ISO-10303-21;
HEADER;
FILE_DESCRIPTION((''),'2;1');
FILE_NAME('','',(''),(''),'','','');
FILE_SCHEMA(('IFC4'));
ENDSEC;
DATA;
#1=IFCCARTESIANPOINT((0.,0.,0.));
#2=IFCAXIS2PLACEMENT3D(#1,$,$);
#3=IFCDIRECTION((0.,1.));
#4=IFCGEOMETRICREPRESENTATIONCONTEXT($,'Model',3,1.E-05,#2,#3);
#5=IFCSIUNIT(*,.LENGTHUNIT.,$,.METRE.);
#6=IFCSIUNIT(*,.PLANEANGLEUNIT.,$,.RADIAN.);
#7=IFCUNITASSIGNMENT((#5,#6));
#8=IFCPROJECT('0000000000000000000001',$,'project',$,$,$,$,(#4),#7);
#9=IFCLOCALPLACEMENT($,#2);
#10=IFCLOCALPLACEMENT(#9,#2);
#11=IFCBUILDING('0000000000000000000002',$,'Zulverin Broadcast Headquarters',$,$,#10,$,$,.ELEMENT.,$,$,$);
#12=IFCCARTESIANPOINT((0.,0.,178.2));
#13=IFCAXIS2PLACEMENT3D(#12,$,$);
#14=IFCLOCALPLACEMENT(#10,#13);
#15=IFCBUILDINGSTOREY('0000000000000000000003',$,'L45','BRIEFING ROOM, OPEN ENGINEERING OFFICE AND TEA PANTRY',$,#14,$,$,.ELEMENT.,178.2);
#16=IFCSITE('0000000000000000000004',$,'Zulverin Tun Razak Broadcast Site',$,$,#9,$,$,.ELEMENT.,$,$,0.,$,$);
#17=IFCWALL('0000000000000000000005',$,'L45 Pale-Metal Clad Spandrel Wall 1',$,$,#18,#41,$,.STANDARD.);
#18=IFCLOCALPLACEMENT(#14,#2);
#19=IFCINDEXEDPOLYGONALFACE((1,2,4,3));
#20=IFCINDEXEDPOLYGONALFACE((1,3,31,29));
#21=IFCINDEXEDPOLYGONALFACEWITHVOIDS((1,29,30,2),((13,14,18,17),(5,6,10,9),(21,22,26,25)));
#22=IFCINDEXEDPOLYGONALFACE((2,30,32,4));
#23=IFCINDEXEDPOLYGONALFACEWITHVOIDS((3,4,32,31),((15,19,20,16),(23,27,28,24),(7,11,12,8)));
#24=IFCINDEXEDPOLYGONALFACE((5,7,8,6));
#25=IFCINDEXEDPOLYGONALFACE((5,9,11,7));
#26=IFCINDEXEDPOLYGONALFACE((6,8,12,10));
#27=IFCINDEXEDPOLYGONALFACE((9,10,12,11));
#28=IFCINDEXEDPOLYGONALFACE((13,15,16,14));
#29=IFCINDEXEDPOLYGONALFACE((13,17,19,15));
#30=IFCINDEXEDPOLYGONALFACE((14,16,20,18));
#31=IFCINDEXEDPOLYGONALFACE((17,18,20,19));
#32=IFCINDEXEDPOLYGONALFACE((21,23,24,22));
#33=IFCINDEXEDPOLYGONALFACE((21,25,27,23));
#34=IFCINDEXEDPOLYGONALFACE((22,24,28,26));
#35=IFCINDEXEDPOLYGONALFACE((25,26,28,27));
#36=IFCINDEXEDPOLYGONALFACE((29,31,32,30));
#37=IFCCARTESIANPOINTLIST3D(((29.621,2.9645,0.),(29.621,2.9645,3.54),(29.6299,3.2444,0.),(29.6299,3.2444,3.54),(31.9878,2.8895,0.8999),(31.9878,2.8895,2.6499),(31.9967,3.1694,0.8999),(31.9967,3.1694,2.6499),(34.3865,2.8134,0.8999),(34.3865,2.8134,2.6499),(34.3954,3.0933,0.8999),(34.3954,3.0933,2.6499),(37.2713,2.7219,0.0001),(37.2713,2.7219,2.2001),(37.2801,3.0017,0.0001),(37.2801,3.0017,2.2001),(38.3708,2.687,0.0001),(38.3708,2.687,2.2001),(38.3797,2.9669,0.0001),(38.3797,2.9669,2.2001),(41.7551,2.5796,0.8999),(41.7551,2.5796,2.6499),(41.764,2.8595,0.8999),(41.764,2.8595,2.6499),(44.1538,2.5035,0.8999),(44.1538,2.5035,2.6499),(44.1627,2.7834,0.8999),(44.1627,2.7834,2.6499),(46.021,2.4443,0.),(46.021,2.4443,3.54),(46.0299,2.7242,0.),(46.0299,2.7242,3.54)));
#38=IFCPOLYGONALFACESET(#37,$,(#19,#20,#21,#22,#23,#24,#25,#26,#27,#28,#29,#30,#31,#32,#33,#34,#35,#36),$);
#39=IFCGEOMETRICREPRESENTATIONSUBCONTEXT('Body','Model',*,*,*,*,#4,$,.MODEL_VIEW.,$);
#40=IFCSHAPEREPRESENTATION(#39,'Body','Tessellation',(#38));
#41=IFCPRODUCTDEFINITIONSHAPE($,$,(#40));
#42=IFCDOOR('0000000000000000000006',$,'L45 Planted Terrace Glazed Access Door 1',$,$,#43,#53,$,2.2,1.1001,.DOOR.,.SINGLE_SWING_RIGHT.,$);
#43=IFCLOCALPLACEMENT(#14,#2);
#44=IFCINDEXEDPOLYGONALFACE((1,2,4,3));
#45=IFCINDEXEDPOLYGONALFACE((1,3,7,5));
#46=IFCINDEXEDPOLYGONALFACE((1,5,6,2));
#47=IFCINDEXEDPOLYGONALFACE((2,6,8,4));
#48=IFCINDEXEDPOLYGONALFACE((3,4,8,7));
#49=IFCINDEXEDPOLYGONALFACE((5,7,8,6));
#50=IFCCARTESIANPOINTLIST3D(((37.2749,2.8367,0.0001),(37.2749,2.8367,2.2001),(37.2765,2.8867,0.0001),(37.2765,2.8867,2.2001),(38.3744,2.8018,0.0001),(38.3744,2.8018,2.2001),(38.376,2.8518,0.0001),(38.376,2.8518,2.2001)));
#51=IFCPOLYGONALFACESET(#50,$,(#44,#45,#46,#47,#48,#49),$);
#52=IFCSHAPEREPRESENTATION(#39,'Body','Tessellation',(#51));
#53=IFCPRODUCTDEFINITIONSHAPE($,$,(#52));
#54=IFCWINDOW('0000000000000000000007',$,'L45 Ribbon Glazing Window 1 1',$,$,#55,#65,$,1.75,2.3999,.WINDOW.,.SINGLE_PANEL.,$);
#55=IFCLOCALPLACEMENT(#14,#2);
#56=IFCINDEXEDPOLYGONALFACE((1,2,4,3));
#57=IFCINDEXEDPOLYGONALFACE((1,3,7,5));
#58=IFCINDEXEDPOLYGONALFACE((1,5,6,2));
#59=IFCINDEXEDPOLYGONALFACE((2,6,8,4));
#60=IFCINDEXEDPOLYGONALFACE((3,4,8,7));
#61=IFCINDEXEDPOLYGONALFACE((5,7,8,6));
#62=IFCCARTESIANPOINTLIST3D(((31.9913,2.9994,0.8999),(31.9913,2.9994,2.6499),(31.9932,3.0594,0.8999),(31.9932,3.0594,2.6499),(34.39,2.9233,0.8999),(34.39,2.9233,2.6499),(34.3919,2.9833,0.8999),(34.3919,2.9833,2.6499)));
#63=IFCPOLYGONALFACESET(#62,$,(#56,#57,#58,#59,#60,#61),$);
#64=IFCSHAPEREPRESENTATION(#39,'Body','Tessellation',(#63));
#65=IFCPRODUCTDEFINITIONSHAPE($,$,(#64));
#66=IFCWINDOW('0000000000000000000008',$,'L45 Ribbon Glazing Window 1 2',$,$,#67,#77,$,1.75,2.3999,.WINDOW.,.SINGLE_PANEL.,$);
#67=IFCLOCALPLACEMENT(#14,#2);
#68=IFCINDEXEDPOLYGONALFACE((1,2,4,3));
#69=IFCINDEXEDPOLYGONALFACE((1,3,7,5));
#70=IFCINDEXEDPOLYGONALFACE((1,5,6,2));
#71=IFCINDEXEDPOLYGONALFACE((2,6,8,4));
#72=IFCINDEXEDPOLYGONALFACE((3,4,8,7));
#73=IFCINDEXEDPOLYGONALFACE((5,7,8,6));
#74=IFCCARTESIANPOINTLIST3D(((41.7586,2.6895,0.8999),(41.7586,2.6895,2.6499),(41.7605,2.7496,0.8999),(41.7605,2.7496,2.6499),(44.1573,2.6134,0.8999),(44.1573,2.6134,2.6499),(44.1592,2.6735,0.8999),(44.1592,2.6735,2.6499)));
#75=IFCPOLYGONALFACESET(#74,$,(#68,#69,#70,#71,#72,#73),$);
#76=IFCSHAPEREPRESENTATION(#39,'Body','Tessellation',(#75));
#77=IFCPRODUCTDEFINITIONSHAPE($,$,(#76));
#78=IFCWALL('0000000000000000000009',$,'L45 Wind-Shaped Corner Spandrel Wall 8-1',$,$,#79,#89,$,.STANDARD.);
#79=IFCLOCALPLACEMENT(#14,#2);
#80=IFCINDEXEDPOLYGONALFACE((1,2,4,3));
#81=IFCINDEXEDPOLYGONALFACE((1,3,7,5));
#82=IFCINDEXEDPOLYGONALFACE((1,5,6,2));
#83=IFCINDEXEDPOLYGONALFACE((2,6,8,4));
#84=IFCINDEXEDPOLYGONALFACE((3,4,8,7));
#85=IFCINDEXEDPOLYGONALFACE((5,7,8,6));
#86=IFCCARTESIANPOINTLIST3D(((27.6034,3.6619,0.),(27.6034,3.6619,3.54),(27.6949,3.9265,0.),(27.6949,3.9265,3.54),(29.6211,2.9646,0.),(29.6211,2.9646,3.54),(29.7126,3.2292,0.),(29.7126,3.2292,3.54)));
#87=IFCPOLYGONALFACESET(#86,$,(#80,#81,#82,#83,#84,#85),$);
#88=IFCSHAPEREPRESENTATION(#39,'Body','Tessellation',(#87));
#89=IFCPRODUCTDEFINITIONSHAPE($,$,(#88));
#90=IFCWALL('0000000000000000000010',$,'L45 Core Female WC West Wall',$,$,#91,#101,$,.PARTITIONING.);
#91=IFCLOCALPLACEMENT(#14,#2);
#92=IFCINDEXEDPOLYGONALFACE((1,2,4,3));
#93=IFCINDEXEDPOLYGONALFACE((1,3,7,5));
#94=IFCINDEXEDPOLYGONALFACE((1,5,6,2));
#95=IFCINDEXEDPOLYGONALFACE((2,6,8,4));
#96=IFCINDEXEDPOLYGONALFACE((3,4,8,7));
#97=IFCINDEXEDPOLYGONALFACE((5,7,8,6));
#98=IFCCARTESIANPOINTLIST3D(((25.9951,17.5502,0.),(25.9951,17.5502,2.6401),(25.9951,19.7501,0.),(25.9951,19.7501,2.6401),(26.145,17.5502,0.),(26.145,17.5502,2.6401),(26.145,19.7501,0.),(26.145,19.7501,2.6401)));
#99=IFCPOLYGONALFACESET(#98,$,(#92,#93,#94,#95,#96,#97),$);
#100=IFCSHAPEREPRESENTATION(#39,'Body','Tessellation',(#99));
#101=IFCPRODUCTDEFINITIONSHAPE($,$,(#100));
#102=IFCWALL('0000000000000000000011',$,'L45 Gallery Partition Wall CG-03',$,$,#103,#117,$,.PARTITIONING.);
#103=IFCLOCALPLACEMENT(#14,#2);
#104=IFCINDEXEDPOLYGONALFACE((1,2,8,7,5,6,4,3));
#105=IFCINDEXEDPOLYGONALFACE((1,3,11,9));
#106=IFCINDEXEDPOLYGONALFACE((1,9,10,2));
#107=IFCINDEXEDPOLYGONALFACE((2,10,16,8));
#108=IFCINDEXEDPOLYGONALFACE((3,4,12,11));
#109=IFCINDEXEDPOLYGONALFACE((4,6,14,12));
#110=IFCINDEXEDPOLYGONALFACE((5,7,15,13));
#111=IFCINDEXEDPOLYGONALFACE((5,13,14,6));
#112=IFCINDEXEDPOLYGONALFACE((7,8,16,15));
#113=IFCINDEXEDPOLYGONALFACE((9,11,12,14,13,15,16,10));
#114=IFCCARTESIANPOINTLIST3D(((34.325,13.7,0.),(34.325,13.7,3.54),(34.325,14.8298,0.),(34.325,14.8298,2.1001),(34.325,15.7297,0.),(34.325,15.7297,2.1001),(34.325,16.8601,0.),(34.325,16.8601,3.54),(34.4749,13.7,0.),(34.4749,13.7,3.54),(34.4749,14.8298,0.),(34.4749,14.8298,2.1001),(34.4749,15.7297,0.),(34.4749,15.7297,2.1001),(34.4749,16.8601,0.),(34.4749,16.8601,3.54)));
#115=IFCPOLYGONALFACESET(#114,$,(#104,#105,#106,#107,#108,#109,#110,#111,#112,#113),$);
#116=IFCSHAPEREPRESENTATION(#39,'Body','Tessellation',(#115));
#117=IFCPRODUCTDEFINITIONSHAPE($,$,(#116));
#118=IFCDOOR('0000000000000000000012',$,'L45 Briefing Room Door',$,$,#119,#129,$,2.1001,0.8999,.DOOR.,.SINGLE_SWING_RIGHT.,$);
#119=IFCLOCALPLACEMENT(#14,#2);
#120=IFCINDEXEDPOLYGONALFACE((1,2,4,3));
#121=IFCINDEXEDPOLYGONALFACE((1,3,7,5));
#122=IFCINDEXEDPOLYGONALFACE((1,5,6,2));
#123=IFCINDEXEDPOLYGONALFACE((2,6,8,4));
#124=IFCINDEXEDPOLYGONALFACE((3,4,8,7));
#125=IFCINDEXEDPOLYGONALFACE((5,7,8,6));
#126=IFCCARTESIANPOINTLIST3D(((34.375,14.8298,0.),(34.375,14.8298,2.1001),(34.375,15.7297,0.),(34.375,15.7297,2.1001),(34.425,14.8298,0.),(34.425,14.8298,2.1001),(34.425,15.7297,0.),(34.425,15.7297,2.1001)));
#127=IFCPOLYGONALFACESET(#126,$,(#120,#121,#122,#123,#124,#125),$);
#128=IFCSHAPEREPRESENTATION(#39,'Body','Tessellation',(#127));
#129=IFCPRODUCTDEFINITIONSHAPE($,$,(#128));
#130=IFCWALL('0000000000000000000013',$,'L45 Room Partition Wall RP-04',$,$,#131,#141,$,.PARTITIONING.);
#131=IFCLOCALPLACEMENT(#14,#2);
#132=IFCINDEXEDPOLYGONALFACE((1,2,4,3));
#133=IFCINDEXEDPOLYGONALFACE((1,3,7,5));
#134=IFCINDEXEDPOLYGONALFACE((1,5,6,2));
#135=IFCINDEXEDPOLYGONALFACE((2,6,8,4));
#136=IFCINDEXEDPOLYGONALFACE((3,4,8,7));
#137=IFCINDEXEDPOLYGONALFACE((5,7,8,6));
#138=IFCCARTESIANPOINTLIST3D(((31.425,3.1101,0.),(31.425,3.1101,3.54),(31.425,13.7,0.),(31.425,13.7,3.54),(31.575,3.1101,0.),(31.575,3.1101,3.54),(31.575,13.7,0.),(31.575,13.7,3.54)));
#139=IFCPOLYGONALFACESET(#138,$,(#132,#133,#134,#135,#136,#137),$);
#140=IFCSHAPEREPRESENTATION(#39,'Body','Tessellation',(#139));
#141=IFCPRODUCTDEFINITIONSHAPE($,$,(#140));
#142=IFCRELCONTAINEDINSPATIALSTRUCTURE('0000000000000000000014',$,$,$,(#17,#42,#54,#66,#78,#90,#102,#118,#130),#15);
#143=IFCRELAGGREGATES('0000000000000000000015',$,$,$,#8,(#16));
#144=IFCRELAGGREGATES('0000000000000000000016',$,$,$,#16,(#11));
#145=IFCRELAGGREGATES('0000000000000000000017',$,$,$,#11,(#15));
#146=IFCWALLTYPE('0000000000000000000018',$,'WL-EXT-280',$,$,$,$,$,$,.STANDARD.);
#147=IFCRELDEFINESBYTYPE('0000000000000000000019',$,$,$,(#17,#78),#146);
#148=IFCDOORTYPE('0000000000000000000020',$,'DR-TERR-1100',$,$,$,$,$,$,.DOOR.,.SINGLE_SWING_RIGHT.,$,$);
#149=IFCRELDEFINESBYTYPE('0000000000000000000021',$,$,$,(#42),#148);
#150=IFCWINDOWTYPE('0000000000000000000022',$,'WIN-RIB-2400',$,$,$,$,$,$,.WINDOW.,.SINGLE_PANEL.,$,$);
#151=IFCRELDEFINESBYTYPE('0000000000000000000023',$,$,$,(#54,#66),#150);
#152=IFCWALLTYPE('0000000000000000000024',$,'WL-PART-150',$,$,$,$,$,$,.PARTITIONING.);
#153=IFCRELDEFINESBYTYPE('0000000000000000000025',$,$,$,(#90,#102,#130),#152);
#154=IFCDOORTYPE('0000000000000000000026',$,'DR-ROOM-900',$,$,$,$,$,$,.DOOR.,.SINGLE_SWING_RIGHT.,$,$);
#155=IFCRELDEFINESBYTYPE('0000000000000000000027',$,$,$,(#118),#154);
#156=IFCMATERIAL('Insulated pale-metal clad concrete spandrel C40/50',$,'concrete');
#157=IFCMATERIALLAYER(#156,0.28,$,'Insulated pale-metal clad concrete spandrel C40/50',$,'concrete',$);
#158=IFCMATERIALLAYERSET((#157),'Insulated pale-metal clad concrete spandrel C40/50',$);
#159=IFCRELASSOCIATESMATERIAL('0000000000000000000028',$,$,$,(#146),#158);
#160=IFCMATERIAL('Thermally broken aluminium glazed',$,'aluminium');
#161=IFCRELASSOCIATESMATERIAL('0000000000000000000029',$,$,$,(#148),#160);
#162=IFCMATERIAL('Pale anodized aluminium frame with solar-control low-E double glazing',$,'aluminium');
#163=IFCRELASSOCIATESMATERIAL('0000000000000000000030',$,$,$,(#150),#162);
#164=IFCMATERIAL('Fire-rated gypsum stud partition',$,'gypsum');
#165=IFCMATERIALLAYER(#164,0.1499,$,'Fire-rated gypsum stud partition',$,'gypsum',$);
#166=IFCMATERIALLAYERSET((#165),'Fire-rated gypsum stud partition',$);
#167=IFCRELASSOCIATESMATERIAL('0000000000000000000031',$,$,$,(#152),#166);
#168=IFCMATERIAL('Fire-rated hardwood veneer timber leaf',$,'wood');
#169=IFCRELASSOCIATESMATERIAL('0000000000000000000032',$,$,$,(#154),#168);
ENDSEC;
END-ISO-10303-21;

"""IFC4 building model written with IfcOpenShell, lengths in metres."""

from ifc_helpers import new_model, si_unit, direction, frame, frame_2d, origin, place, context, subcontext, project, spatial, rectangle, extrude, material, layer, layer_set, type_object, element, fill, save


model = new_model("IFC4")

# Units and contexts
model_context = context("Model", 3, precision=1e-05, world=origin(), true_north=direction((0.0, 1.0)))
body_context = subcontext(model_context, "Body", "Model", "MODEL_VIEW")
ifc_project = project(units=[si_unit("LENGTHUNIT", "METRE"), si_unit("PLANEANGLEUNIT", "RADIAN")], contexts=[model_context])

# Site, building, storey
site_placement = place(None, origin())
site = spatial("IfcSite", under=ifc_project, at=site_placement, Name="Zulverin Tun Razak Broadcast Site", CompositionType="ELEMENT", RefElevation=0.0)
building_placement = place(site_placement, origin())
building = spatial("IfcBuilding", under=site, at=building_placement, Name="Zulverin Broadcast Headquarters", CompositionType="ELEMENT")
storey_placement = place(building_placement, frame((0.0, 0.0, 178.2)))
storey = spatial("IfcBuildingStorey", under=building, at=storey_placement, Name="L45", Description="BRIEFING ROOM, OPEN ENGINEERING OFFICE AND TEA PANTRY", CompositionType="ELEMENT", Elevation=178.2)

# Wall, openings, door, windows
ifc_material_1 = material(Name="Insulated pale-metal clad concrete spandrel C40/50", Category="concrete")
ifc_layer_1 = layer(ifc_material_1, 0.28, Name="Insulated pale-metal clad concrete spandrel C40/50", Category="concrete")
ifc_layer_set_1 = layer_set([ifc_layer_1], Name="Insulated pale-metal clad concrete spandrel C40/50")
wall_type_1 = type_object("IfcWallType", Name="WL-EXT-280", PredefinedType="STANDARD", material=ifc_layer_set_1)
wall_1_placement = place(storey_placement, frame((29.6255, 3.1045, 0.0), z_axis=(0.0, 0.0, 1.0), x_axis=(0.999497, -0.031708, 0.0)))
wall_1 = element("IfcWall", 1, at=wall_1_placement, inside=storey, type_object=wall_type_1, Name="L45 Pale-Metal Clad Spandrel Wall 1", PredefinedType="STANDARD", context=body_context, shape_type="SweptSolid", body=[
    extrude(rectangle(XDim=16.4082, YDim=0.28, at=frame_2d((8.2041, 0.0))), origin(), (0.0, 0.0, 1.0), 3.54),
])
opening_1_placement = place(wall_1_placement, frame((7.6541, 0.0, 0.0)))
opening_1 = element("IfcOpeningElement", 2, at=opening_1_placement, cuts=wall_1, PredefinedType="OPENING", context=body_context, shape_type="SweptSolid", body=[
    extrude(rectangle(XDim=1.1001, YDim=2.2, at=frame_2d((0.55, 1.1001))), frame((0.0, 0.1499, 0.0), z_axis=(0.0, -1.0, 0.0), x_axis=(1.0, 0.0, 0.0)), (0.0, 0.0, 1.0), 0.3),
])
opening_2_placement = place(wall_1_placement, frame((2.3679, 0.0, 0.8999)))
opening_2 = element("IfcOpeningElement", 3, at=opening_2_placement, cuts=wall_1, PredefinedType="OPENING", context=body_context, shape_type="SweptSolid", body=[
    extrude(rectangle(XDim=2.3999, YDim=1.75, at=frame_2d((1.2, 0.875))), frame((0.0, 0.1499, 0.0), z_axis=(0.0, -1.0, 0.0), x_axis=(1.0, 0.0, 0.0)), (0.0, 0.0, 1.0), 0.3),
])
opening_3_placement = place(wall_1_placement, frame((12.1401, 0.0, 0.8999)))
opening_3 = element("IfcOpeningElement", 4, at=opening_3_placement, cuts=wall_1, PredefinedType="OPENING", context=body_context, shape_type="SweptSolid", body=[
    extrude(rectangle(XDim=2.3999, YDim=1.75, at=frame_2d((1.2, 0.875))), frame((0.0, 0.1499, 0.0), z_axis=(0.0, -1.0, 0.0), x_axis=(1.0, 0.0, 0.0)), (0.0, 0.0, 1.0), 0.3),
])
ifc_material_2 = material(Name="Thermally broken aluminium glazed", Category="aluminium")
door_type_1 = type_object("IfcDoorType", Name="DR-TERR-1100", OperationType="SINGLE_SWING_RIGHT", PredefinedType="DOOR", material=ifc_material_2)
door_1_placement = place(opening_1_placement, origin())
door_1 = element("IfcDoor", 5, at=door_1_placement, inside=storey, type_object=door_type_1, Name="L45 Planted Terrace Glazed Access Door 1", OperationType="SINGLE_SWING_RIGHT", OverallHeight=2.2, OverallWidth=1.1001, PredefinedType="DOOR", context=body_context, shape_type="SweptSolid", body=[
    extrude(rectangle(XDim=1.1001, YDim=2.2, at=frame_2d((0.55, 1.1001))), frame((0.0, 0.0249, 0.0), z_axis=(0.0, -1.0, 0.0), x_axis=(1.0, 0.0, 0.0)), (0.0, 0.0, 1.0), 0.05),
])
fill(opening_1, door_1)
ifc_material_3 = material(Name="Pale anodized aluminium frame with solar-control low-E double glazing", Category="aluminium")
window_type = type_object("IfcWindowType", Name="WIN-RIB-2400", PartitioningType="SINGLE_PANEL", PredefinedType="WINDOW", material=ifc_material_3)
window_1_placement = place(opening_2_placement, origin())
window_1 = element("IfcWindow", 6, at=window_1_placement, inside=storey, type_object=window_type, Name="L45 Ribbon Glazing Window 1 1", OverallHeight=1.75, OverallWidth=2.3999, PartitioningType="SINGLE_PANEL", PredefinedType="WINDOW", context=body_context, shape_type="SweptSolid", body=[
    extrude(rectangle(XDim=2.3999, YDim=1.75, at=frame_2d((1.2, 0.875))), frame((0.0, 0.03, 0.0), z_axis=(0.0, -1.0, 0.0), x_axis=(1.0, 0.0, 0.0)), (0.0, 0.0, 1.0), 0.0601),
])
fill(opening_2, window_1)
window_2_placement = place(opening_3_placement, origin())
window_2 = element("IfcWindow", 7, at=window_2_placement, inside=storey, type_object=window_type, Name="L45 Ribbon Glazing Window 1 2", OverallHeight=1.75, OverallWidth=2.3999, PartitioningType="SINGLE_PANEL", PredefinedType="WINDOW", context=body_context, shape_type="SweptSolid", body=[
    extrude(rectangle(XDim=2.3999, YDim=1.75, at=frame_2d((1.2, 0.875))), frame((0.0, 0.03, 0.0), z_axis=(0.0, -1.0, 0.0), x_axis=(1.0, 0.0, 0.0)), (0.0, 0.0, 1.0), 0.0601),
])
fill(opening_3, window_2)

# Walls
wall_2_placement = place(storey_placement, frame((27.6492, 3.7942, 0.0), z_axis=(0.0, 0.0, 1.0), x_axis=(0.945149, -0.326639, 0.0)))
element("IfcWall", 8, at=wall_2_placement, inside=storey, type_object=wall_type_1, Name="L45 Wind-Shaped Corner Spandrel Wall 8-1", PredefinedType="STANDARD", context=body_context, shape_type="SweptSolid", body=[
    extrude(rectangle(XDim=2.1348, YDim=0.28, at=frame_2d((1.0674, 0.0))), origin(), (0.0, 0.0, 1.0), 3.54),
])
ifc_material_4 = material(Name="Fire-rated gypsum stud partition", Category="gypsum")
ifc_layer_2 = layer(ifc_material_4, 0.1499, Name="Fire-rated gypsum stud partition", Category="gypsum")
ifc_layer_set_2 = layer_set([ifc_layer_2], Name="Fire-rated gypsum stud partition")
wall_type_2 = type_object("IfcWallType", Name="WL-PART-150", PredefinedType="PARTITIONING", material=ifc_layer_set_2)
wall_3_placement = place(storey_placement, frame((26.0701, 17.55, 0.0), z_axis=(0.0, 0.0, 1.0), x_axis=(0.0, 1.0, 0.0)))
element("IfcWall", 9, at=wall_3_placement, inside=storey, type_object=wall_type_2, Name="L45 Core Female WC West Wall", PredefinedType="PARTITIONING", context=body_context, shape_type="SweptSolid", body=[
    extrude(rectangle(XDim=2.2, YDim=0.1499, at=frame_2d((1.1001, 0.0))), origin(), (0.0, 0.0, 1.0), 2.6401),
])

# Wall, opening, door
wall_4_placement = place(storey_placement, frame((34.3999, 13.7, 0.0), z_axis=(0.0, 0.0, 1.0), x_axis=(0.0, 1.0, 0.0)))
wall_4 = element("IfcWall", 10, at=wall_4_placement, inside=storey, type_object=wall_type_2, Name="L45 Gallery Partition Wall CG-03", PredefinedType="PARTITIONING", context=body_context, shape_type="SweptSolid", body=[
    extrude(rectangle(XDim=3.1602, YDim=0.1499, at=frame_2d((1.5801, 0.0))), origin(), (0.0, 0.0, 1.0), 3.54),
])
opening_4_placement = place(wall_4_placement, frame((1.1299, 0.0, 0.0)))
opening_4 = element("IfcOpeningElement", 11, at=opening_4_placement, cuts=wall_4, PredefinedType="OPENING", context=body_context, shape_type="SweptSolid", body=[
    extrude(rectangle(XDim=0.8999, YDim=2.1001, at=frame_2d((0.45, 1.05))), frame((0.0, 0.085, 0.0), z_axis=(0.0, -1.0, 0.0), x_axis=(1.0, 0.0, 0.0)), (0.0, 0.0, 1.0), 0.1699),
])
ifc_material_5 = material(Name="Fire-rated hardwood veneer timber leaf", Category="wood")
door_type_2 = type_object("IfcDoorType", Name="DR-ROOM-900", OperationType="SINGLE_SWING_RIGHT", PredefinedType="DOOR", material=ifc_material_5)
door_2_placement = place(opening_4_placement, origin())
door_2 = element("IfcDoor", 12, at=door_2_placement, inside=storey, type_object=door_type_2, Name="L45 Briefing Room Door", OperationType="SINGLE_SWING_RIGHT", OverallHeight=2.1001, OverallWidth=0.8999, PredefinedType="DOOR", context=body_context, shape_type="SweptSolid", body=[
    extrude(rectangle(XDim=0.8999, YDim=2.1001, at=frame_2d((0.45, 1.05))), frame((0.0, 0.0249, 0.0), z_axis=(0.0, -1.0, 0.0), x_axis=(1.0, 0.0, 0.0)), (0.0, 0.0, 1.0), 0.05),
])
fill(opening_4, door_2)

# Wall
wall_5_placement = place(storey_placement, frame((31.5, 3.1101, 0.0), z_axis=(0.0, 0.0, 1.0), x_axis=(0.0, 1.0, 0.0)))
element("IfcWall", 13, at=wall_5_placement, inside=storey, type_object=wall_type_2, Name="L45 Room Partition Wall RP-04", PredefinedType="PARTITIONING", context=body_context, shape_type="SweptSolid", body=[
    extrude(rectangle(XDim=10.5898, YDim=0.1499, at=frame_2d((5.2949, 0.0))), origin(), (0.0, 0.0, 1.0), 3.54),
])

save(model, "model.ifc")
